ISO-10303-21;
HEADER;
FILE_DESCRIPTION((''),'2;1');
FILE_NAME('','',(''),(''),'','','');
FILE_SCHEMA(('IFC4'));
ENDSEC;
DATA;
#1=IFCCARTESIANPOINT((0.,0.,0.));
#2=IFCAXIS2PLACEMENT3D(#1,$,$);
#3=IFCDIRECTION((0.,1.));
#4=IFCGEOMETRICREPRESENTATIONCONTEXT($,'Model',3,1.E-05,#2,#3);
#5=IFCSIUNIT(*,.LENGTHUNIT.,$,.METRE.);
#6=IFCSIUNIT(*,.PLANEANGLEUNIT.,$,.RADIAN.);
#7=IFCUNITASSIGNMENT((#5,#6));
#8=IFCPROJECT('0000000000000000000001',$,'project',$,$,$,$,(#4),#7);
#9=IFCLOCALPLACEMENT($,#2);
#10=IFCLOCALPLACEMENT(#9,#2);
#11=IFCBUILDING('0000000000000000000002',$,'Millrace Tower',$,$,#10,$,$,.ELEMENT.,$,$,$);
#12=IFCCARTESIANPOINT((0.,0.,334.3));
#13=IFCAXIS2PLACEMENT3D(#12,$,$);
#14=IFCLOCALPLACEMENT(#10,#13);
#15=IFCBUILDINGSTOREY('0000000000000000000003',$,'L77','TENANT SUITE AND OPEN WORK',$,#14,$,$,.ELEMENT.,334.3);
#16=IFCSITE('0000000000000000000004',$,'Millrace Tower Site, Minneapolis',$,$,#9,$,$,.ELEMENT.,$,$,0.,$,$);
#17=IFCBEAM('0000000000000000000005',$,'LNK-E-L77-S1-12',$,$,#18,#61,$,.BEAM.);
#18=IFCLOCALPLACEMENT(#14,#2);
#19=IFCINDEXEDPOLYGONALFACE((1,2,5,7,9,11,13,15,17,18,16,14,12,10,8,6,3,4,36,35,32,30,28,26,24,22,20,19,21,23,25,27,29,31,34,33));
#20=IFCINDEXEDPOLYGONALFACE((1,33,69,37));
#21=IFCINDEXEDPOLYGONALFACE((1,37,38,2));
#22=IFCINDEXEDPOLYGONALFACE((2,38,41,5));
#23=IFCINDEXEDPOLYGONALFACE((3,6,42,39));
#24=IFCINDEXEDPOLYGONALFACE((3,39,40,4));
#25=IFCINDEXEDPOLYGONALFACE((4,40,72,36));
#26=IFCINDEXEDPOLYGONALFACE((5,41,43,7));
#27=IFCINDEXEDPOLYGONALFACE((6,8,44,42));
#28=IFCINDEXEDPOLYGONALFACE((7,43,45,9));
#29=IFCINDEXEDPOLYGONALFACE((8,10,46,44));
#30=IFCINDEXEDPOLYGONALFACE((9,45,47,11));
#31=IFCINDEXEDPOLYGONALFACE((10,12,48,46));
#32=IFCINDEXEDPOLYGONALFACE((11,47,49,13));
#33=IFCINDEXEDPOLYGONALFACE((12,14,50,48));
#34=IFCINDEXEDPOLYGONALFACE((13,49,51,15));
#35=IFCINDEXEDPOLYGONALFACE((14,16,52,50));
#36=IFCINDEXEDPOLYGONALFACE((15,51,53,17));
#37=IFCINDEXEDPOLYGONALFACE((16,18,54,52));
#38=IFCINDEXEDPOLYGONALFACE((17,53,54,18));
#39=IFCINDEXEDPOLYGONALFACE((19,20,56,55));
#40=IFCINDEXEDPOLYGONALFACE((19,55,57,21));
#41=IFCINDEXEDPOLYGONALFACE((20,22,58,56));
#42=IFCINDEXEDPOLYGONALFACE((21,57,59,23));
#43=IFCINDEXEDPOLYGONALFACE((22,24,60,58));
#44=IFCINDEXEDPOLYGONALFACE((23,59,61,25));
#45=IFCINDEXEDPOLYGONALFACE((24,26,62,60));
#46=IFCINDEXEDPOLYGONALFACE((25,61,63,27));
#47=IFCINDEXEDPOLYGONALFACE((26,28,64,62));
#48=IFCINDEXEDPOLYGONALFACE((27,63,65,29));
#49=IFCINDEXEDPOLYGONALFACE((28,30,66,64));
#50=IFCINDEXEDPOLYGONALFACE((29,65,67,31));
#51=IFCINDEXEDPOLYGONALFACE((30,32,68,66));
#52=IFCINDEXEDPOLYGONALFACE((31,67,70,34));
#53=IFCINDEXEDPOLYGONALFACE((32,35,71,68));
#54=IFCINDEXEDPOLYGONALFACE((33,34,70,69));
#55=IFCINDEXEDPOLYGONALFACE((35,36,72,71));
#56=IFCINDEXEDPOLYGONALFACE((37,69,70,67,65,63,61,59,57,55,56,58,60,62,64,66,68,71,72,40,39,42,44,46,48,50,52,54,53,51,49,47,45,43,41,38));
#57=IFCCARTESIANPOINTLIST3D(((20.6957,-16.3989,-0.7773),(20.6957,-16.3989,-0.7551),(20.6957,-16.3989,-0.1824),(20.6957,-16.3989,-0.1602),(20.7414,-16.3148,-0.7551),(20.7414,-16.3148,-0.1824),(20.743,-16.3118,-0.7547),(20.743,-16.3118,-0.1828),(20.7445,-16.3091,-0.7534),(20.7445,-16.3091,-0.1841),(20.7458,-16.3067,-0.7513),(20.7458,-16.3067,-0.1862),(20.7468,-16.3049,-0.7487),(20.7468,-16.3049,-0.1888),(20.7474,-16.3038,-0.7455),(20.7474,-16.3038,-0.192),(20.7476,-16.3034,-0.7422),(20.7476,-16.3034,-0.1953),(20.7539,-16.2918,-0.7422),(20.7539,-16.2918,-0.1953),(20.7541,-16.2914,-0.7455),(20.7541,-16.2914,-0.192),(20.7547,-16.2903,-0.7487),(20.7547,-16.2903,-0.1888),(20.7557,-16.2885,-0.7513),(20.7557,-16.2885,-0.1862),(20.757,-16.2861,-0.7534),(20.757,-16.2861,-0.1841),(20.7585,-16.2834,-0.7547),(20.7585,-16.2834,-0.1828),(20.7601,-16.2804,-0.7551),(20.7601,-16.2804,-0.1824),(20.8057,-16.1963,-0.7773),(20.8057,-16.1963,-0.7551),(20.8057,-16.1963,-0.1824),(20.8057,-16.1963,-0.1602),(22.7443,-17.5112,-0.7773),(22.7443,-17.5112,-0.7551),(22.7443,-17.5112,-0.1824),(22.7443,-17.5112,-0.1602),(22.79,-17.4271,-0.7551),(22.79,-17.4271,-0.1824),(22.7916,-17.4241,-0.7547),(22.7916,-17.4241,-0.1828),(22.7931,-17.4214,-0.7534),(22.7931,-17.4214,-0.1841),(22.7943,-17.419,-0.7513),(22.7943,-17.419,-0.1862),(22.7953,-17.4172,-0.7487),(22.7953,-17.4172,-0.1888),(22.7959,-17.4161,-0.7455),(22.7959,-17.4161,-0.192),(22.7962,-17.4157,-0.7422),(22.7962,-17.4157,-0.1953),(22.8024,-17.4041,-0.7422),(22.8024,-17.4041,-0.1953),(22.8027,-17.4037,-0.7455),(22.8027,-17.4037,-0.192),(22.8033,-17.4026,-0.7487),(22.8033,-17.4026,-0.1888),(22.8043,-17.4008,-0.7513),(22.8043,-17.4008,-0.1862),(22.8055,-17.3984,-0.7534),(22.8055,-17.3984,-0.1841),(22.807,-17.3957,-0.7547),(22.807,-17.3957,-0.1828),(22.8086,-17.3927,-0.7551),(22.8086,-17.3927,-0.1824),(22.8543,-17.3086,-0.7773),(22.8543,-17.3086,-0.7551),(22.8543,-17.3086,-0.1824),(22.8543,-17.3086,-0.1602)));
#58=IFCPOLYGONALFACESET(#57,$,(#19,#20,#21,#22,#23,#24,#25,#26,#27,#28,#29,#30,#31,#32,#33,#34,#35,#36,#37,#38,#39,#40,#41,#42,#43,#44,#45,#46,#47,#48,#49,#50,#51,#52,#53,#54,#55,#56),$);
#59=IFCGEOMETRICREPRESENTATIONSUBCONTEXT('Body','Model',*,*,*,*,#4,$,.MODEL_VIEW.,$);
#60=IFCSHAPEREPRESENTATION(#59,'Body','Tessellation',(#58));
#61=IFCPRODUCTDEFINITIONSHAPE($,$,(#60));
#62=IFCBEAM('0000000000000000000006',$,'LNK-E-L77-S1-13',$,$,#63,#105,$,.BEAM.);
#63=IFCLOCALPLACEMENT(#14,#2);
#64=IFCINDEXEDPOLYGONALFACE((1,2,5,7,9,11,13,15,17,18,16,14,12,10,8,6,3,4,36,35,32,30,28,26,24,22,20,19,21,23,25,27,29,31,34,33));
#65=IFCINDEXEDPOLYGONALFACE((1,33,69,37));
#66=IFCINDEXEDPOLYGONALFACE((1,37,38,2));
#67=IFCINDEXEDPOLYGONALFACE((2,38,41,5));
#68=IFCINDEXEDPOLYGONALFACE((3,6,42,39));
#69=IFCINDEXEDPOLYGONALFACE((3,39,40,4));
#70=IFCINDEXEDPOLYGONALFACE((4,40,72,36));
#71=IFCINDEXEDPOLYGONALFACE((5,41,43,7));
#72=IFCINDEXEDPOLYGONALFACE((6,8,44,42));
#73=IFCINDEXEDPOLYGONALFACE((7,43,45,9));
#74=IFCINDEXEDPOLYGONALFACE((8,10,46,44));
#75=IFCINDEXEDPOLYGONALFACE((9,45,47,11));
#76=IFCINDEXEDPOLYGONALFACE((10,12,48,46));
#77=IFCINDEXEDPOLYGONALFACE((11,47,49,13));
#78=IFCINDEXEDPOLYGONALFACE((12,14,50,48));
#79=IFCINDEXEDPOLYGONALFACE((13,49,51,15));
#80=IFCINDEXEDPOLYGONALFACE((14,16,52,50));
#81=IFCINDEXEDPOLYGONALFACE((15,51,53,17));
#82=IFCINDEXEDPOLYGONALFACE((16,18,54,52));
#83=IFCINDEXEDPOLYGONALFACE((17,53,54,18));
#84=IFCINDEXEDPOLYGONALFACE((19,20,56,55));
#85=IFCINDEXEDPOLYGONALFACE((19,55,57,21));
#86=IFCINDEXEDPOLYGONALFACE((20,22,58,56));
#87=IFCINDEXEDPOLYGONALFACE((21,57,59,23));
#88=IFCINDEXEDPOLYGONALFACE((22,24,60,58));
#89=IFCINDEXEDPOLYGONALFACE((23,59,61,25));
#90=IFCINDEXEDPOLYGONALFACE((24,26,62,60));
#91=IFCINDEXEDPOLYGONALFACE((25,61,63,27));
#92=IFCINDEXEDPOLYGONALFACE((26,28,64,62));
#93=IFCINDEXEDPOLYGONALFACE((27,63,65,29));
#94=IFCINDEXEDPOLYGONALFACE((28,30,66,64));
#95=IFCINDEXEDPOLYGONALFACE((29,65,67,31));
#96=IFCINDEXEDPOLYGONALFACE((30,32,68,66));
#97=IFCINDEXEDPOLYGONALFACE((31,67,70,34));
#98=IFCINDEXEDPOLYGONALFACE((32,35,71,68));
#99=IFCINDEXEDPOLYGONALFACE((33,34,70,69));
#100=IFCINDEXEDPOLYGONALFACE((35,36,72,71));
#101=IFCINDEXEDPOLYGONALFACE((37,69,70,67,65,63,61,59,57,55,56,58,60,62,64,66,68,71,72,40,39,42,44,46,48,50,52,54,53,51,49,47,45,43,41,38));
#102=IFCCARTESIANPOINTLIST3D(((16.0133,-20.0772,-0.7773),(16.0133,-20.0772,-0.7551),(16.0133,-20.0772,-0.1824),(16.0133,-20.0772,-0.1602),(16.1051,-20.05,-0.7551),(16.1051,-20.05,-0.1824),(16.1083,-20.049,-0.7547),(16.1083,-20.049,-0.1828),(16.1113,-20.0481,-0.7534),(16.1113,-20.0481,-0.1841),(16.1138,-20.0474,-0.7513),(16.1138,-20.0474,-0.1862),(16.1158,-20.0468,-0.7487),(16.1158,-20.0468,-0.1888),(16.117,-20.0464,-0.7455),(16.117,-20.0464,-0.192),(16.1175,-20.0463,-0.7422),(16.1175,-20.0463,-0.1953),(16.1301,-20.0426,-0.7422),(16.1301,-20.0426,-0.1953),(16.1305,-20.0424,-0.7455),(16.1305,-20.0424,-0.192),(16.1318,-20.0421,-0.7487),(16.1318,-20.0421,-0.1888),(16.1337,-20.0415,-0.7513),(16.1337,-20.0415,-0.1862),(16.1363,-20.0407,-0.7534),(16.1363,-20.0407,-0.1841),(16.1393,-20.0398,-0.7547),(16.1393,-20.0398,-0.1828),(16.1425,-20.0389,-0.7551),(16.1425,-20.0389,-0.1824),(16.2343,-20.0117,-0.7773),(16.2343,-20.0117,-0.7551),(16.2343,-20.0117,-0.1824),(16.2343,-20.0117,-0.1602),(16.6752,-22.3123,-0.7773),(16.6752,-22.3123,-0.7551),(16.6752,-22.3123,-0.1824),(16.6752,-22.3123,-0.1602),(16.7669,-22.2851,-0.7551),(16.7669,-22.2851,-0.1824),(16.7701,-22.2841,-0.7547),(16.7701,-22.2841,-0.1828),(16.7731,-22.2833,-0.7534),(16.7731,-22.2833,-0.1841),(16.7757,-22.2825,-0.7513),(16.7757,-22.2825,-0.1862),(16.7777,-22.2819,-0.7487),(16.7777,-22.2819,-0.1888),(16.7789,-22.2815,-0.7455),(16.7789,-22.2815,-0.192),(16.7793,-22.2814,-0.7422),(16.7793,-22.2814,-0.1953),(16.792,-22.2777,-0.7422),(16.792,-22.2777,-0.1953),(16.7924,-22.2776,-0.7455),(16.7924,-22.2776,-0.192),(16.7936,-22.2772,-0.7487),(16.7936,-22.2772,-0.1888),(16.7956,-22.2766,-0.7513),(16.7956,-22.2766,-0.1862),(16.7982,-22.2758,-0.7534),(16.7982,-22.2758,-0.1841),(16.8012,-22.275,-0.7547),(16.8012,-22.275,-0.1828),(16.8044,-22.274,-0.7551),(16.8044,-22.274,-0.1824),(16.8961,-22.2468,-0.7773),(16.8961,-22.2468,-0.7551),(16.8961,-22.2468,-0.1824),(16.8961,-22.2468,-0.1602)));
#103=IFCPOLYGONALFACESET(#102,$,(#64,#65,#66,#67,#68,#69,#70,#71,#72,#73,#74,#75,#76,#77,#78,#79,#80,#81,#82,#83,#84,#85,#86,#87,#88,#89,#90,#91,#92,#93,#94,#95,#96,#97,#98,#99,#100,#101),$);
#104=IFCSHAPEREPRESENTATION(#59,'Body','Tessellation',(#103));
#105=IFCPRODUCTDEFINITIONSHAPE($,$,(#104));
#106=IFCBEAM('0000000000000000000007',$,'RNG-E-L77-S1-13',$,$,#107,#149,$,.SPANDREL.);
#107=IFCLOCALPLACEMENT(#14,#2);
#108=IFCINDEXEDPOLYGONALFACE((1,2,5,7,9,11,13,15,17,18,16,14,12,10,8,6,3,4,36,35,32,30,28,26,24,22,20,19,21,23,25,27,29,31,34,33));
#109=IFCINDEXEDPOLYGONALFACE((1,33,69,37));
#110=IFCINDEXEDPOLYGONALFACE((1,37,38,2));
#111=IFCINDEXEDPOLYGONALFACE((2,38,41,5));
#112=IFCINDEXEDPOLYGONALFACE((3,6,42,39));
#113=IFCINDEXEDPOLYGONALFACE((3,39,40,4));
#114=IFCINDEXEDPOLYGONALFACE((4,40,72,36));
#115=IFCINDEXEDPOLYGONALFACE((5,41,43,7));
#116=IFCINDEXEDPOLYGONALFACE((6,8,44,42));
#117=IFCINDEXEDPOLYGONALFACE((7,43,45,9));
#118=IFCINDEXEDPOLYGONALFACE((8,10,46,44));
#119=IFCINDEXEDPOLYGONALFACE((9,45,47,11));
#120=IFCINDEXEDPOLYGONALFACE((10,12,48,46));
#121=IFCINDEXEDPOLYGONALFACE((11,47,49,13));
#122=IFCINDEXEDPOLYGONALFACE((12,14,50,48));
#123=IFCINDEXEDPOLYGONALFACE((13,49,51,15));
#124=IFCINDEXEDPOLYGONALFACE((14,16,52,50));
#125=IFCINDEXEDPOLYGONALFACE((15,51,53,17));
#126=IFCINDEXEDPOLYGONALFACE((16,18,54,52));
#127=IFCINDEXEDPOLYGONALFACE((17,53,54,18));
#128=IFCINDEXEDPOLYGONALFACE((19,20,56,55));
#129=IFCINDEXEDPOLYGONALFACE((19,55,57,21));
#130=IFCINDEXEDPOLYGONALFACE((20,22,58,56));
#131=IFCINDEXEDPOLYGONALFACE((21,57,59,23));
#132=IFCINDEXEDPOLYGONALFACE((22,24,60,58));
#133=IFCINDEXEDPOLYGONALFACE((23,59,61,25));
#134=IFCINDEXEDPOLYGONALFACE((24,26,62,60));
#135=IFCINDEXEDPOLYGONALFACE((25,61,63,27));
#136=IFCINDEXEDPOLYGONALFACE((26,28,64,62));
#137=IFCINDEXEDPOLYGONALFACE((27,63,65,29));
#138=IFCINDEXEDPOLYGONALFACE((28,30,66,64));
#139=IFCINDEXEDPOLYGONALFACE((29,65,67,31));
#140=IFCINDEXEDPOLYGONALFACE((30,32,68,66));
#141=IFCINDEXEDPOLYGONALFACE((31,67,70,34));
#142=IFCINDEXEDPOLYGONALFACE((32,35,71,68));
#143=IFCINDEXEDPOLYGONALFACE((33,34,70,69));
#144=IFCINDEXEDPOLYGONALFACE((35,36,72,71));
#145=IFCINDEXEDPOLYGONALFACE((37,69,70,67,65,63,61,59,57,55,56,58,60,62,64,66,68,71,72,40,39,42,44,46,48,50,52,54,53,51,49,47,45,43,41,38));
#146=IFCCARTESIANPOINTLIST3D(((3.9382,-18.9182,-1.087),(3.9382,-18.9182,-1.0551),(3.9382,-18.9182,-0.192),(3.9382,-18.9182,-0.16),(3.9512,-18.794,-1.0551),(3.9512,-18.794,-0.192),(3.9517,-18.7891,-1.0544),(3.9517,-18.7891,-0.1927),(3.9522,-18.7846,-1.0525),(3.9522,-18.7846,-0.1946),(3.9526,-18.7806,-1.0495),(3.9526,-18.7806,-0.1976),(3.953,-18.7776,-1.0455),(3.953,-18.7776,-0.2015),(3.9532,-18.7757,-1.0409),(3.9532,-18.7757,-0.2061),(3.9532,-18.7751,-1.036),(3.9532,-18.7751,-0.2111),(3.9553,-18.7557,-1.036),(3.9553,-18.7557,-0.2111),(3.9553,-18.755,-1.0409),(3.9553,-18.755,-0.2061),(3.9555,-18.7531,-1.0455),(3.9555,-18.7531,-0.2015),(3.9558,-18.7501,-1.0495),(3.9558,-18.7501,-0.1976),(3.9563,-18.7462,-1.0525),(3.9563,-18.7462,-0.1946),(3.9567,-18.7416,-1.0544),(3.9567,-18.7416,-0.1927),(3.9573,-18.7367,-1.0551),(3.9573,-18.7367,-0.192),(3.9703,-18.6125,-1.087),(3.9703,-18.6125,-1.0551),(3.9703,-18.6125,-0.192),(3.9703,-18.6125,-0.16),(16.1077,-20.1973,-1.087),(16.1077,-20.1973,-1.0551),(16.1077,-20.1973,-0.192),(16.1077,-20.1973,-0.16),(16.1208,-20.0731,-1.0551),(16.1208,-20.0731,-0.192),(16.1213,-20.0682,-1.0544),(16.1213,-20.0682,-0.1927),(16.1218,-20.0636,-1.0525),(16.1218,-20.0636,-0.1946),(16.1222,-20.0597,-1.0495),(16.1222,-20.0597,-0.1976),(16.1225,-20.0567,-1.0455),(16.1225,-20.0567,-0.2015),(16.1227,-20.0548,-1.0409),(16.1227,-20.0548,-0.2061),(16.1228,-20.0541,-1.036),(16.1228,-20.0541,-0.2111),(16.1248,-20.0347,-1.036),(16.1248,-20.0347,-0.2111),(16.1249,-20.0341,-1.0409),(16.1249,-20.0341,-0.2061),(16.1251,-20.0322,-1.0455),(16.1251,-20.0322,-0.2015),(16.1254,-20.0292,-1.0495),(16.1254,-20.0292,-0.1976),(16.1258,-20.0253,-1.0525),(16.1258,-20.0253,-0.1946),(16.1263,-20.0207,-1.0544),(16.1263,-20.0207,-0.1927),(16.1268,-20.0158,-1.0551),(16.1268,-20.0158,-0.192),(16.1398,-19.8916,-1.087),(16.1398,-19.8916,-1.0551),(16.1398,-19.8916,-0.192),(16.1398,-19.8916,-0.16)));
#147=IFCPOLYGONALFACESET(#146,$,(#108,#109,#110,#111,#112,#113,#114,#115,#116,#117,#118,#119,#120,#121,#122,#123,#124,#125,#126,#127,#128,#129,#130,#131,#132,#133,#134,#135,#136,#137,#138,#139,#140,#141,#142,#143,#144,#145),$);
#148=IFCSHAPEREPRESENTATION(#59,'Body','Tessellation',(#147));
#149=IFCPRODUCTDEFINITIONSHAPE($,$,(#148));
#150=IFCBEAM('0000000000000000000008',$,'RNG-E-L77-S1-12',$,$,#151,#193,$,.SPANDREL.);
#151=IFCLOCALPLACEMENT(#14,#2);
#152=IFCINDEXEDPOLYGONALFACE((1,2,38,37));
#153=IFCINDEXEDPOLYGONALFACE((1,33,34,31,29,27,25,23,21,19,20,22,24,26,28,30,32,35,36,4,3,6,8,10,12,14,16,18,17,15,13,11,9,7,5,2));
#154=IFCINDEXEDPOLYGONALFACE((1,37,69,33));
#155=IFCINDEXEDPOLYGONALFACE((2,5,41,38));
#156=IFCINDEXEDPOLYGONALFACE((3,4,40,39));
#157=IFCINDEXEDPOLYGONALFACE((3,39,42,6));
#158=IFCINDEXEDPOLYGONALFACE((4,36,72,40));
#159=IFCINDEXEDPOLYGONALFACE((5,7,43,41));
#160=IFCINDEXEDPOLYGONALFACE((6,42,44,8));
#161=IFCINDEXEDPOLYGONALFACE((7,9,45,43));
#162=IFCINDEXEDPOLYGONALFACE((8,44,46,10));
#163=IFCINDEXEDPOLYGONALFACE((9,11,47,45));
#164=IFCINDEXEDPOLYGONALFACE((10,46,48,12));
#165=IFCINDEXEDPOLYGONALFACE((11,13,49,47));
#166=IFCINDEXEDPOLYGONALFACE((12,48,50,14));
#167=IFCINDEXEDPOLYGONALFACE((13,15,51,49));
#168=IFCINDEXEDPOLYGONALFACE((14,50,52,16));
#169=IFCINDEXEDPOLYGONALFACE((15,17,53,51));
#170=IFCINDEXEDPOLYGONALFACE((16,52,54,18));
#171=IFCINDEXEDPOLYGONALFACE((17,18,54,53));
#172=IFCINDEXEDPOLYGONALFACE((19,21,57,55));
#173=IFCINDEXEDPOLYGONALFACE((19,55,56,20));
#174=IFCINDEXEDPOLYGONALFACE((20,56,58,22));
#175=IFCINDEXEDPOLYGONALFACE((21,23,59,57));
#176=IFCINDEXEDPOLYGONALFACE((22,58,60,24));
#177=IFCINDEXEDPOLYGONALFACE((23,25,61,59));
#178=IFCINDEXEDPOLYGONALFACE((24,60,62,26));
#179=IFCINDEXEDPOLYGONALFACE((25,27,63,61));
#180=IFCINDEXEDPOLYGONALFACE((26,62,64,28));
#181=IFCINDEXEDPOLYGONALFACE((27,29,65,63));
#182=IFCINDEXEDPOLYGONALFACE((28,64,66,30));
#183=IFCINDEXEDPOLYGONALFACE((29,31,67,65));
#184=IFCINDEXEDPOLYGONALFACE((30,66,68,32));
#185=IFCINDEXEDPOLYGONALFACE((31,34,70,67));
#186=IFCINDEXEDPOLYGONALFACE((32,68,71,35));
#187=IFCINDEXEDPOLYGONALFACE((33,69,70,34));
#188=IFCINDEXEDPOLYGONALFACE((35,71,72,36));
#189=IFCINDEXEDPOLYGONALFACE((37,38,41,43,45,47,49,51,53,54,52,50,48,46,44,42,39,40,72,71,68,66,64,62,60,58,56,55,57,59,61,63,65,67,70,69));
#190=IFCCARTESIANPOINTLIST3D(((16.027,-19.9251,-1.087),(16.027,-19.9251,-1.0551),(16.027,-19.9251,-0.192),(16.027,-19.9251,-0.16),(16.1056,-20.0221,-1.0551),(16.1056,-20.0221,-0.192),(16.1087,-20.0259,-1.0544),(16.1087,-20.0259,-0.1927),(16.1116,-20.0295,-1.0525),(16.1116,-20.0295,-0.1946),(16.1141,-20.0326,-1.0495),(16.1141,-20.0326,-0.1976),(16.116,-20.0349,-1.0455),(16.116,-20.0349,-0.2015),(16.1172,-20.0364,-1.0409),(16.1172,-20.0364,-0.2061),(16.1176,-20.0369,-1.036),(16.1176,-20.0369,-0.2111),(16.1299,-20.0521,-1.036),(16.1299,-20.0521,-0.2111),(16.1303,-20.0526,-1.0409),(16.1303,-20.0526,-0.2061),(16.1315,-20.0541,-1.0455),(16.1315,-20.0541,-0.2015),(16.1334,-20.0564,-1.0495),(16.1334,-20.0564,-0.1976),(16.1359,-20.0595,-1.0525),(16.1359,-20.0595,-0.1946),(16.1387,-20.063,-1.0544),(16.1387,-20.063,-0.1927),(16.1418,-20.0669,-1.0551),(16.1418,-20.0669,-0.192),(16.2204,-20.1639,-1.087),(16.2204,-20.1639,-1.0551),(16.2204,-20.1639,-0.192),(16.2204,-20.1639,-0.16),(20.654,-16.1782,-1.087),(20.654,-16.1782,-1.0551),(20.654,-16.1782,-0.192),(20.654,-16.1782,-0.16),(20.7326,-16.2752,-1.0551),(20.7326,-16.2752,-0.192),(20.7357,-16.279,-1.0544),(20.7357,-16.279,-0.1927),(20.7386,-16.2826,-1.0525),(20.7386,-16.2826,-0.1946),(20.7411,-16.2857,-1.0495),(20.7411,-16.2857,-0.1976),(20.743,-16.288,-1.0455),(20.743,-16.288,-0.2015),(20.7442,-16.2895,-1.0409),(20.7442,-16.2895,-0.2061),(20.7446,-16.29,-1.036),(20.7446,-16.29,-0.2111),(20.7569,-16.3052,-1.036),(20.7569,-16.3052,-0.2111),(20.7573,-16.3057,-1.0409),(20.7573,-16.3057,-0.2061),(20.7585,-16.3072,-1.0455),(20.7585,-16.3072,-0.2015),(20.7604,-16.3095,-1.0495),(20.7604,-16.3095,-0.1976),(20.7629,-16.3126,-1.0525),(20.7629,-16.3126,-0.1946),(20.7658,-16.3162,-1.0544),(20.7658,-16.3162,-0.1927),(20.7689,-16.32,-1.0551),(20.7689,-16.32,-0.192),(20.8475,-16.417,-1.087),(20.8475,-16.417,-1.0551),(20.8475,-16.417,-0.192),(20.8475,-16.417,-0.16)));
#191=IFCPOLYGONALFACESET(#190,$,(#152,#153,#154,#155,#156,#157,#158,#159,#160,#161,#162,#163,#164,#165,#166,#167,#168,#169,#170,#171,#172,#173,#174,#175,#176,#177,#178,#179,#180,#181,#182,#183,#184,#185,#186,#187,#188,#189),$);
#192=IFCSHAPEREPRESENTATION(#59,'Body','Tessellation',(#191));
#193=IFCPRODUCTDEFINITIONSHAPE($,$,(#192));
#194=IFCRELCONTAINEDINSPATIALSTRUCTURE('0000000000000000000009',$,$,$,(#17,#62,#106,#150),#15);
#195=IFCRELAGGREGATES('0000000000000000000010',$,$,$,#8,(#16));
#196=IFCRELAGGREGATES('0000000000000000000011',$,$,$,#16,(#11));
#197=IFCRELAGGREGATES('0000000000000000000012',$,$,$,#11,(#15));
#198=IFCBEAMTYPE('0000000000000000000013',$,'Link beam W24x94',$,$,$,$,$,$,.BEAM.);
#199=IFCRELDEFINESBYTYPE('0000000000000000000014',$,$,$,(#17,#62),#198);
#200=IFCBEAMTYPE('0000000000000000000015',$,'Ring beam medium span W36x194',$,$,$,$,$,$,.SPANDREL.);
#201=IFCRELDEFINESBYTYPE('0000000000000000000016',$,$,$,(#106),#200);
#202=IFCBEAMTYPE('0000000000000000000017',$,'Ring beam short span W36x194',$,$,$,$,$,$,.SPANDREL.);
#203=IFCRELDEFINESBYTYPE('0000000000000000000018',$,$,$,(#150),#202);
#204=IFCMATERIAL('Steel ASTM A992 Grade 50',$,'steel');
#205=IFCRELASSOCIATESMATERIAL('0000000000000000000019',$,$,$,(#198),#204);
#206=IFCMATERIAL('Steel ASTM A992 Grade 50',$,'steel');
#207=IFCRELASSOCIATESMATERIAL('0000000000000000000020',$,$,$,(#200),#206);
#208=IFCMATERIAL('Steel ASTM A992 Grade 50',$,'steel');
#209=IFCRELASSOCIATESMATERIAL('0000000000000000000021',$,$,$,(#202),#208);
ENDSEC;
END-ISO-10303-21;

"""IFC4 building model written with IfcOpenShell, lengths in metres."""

from ifc_helpers import new_model, si_unit, direction, frame, origin, origin_2d, place, context, subcontext, project, spatial, i_section, extrude, material, material_profile, profile_set, type_object, element, save


model = new_model("IFC4")

# Units and contexts
model_context = context("Model", 3, precision=1e-05, world=origin(), true_north=direction((0.0, 1.0)))
body_context = subcontext(model_context, "Body", "Model", "MODEL_VIEW")
ifc_project = project(units=[si_unit("LENGTHUNIT", "METRE"), si_unit("PLANEANGLEUNIT", "RADIAN")], contexts=[model_context])

# Site, building, storey
site_placement = place(None, origin())
site = spatial("IfcSite", under=ifc_project, at=site_placement, Name="Millrace Tower Site, Minneapolis", CompositionType="ELEMENT", RefElevation=0.0)
building_placement = place(site_placement, origin())
building = spatial("IfcBuilding", under=site, at=building_placement, Name="Millrace Tower", CompositionType="ELEMENT")
storey_placement = place(building_placement, frame((0.0, 0.0, 334.3)))
storey = spatial("IfcBuildingStorey", under=building, at=storey_placement, Name="L77", Description="TENANT SUITE AND OPEN WORK", CompositionType="ELEMENT", Elevation=334.3)

# Beams
ifc_material_1 = material(Name="Steel ASTM A992 Grade 50", Category="steel")
ifc_material_profile_1 = material_profile(ifc_material_1, i_section(OverallWidth=0.2305, OverallDepth=0.6172, WebThickness=0.0132, FlangeThickness=0.0222, FilletRadius=0.0129, at=origin_2d()))
ifc_profile_set_1 = profile_set([ifc_material_profile_1], Name="Steel ASTM A992 Grade 50")
beam_type_1 = type_object("IfcBeamType", Name="Link beam W24x94", PredefinedType="BEAM", material=ifc_profile_set_1)
for number, where, z_axis, x_axis, name in (
    (1, (20.7507, -16.2976, -0.4688), (0.878815, -0.477164, 0.0), (0.477164, 0.878815, 0.0), "LNK-E-L77-S1-12"),
    (2, (16.1238, -20.0444, -0.4688), (0.283935, -0.958844, 0.0), (0.958844, 0.283935, 0.0), "LNK-E-L77-S1-13"),
):
    element("IfcBeam", number, at=place(storey_placement, frame(where, z_axis=z_axis, x_axis=x_axis)), inside=storey, type_object=beam_type_1, Name=name, PredefinedType="BEAM", context=body_context, shape_type="SweptSolid", body=[
        extrude(i_section(OverallWidth=0.2305, OverallDepth=0.6172, WebThickness=0.0132, FlangeThickness=0.0222, FilletRadius=0.0129, at=origin_2d()), origin(), (0.0, 0.0, 1.0), 2.3311),
    ])
ifc_material_2 = material(Name="Steel ASTM A992 Grade 50", Category="steel")
ifc_material_profile_2 = material_profile(ifc_material_2, i_section(OverallWidth=0.3074, OverallDepth=0.927, WebThickness=0.0195, FlangeThickness=0.032, FilletRadius=0.019, at=origin_2d()))
ifc_profile_set_2 = profile_set([ifc_material_profile_2], Name="Steel ASTM A992 Grade 50")
beam_type_2 = type_object("IfcBeamType", Name="Ring beam medium span W36x194", PredefinedType="SPANDREL", material=ifc_profile_set_2)
beam_1_placement = place(storey_placement, frame((16.1238, -20.0444, -0.6235), z_axis=(-0.994522, 0.104528, 0.0), x_axis=(-0.104528, -0.994522, 0.0)))
element("IfcBeam", 3, at=beam_1_placement, inside=storey, type_object=beam_type_2, Name="RNG-E-L77-S1-13", PredefinedType="SPANDREL", context=body_context, shape_type="SweptSolid", body=[
    extrude(i_section(OverallWidth=0.3074, OverallDepth=0.927, WebThickness=0.0195, FlangeThickness=0.032, FilletRadius=0.019, at=origin_2d()), origin(), (0.0, 0.0, 1.0), 12.2366),
])
ifc_material_3 = material(Name="Steel ASTM A992 Grade 50", Category="steel")
ifc_material_profile_3 = material_profile(ifc_material_3, i_section(OverallWidth=0.3074, OverallDepth=0.927, WebThickness=0.0195, FlangeThickness=0.032, FilletRadius=0.019, at=origin_2d()))
ifc_profile_set_3 = profile_set([ifc_material_profile_3], Name="Steel ASTM A992 Grade 50")
beam_type_3 = type_object("IfcBeamType", Name="Ring beam short span W36x194", PredefinedType="SPANDREL", material=ifc_profile_set_3)
beam_2_placement = place(storey_placement, frame((20.7507, -16.2976, -0.6235), z_axis=(-0.777147, -0.62932, 0.0), x_axis=(0.62932, -0.777147, 0.0)))
element("IfcBeam", 4, at=beam_2_placement, inside=storey, type_object=beam_type_3, Name="RNG-E-L77-S1-12", PredefinedType="SPANDREL", context=body_context, shape_type="SweptSolid", body=[
    extrude(i_section(OverallWidth=0.3074, OverallDepth=0.927, WebThickness=0.0195, FlangeThickness=0.032, FilletRadius=0.019, at=origin_2d()), origin(), (0.0, 0.0, 1.0), 5.9539),
])

save(model, "model.ifc")
